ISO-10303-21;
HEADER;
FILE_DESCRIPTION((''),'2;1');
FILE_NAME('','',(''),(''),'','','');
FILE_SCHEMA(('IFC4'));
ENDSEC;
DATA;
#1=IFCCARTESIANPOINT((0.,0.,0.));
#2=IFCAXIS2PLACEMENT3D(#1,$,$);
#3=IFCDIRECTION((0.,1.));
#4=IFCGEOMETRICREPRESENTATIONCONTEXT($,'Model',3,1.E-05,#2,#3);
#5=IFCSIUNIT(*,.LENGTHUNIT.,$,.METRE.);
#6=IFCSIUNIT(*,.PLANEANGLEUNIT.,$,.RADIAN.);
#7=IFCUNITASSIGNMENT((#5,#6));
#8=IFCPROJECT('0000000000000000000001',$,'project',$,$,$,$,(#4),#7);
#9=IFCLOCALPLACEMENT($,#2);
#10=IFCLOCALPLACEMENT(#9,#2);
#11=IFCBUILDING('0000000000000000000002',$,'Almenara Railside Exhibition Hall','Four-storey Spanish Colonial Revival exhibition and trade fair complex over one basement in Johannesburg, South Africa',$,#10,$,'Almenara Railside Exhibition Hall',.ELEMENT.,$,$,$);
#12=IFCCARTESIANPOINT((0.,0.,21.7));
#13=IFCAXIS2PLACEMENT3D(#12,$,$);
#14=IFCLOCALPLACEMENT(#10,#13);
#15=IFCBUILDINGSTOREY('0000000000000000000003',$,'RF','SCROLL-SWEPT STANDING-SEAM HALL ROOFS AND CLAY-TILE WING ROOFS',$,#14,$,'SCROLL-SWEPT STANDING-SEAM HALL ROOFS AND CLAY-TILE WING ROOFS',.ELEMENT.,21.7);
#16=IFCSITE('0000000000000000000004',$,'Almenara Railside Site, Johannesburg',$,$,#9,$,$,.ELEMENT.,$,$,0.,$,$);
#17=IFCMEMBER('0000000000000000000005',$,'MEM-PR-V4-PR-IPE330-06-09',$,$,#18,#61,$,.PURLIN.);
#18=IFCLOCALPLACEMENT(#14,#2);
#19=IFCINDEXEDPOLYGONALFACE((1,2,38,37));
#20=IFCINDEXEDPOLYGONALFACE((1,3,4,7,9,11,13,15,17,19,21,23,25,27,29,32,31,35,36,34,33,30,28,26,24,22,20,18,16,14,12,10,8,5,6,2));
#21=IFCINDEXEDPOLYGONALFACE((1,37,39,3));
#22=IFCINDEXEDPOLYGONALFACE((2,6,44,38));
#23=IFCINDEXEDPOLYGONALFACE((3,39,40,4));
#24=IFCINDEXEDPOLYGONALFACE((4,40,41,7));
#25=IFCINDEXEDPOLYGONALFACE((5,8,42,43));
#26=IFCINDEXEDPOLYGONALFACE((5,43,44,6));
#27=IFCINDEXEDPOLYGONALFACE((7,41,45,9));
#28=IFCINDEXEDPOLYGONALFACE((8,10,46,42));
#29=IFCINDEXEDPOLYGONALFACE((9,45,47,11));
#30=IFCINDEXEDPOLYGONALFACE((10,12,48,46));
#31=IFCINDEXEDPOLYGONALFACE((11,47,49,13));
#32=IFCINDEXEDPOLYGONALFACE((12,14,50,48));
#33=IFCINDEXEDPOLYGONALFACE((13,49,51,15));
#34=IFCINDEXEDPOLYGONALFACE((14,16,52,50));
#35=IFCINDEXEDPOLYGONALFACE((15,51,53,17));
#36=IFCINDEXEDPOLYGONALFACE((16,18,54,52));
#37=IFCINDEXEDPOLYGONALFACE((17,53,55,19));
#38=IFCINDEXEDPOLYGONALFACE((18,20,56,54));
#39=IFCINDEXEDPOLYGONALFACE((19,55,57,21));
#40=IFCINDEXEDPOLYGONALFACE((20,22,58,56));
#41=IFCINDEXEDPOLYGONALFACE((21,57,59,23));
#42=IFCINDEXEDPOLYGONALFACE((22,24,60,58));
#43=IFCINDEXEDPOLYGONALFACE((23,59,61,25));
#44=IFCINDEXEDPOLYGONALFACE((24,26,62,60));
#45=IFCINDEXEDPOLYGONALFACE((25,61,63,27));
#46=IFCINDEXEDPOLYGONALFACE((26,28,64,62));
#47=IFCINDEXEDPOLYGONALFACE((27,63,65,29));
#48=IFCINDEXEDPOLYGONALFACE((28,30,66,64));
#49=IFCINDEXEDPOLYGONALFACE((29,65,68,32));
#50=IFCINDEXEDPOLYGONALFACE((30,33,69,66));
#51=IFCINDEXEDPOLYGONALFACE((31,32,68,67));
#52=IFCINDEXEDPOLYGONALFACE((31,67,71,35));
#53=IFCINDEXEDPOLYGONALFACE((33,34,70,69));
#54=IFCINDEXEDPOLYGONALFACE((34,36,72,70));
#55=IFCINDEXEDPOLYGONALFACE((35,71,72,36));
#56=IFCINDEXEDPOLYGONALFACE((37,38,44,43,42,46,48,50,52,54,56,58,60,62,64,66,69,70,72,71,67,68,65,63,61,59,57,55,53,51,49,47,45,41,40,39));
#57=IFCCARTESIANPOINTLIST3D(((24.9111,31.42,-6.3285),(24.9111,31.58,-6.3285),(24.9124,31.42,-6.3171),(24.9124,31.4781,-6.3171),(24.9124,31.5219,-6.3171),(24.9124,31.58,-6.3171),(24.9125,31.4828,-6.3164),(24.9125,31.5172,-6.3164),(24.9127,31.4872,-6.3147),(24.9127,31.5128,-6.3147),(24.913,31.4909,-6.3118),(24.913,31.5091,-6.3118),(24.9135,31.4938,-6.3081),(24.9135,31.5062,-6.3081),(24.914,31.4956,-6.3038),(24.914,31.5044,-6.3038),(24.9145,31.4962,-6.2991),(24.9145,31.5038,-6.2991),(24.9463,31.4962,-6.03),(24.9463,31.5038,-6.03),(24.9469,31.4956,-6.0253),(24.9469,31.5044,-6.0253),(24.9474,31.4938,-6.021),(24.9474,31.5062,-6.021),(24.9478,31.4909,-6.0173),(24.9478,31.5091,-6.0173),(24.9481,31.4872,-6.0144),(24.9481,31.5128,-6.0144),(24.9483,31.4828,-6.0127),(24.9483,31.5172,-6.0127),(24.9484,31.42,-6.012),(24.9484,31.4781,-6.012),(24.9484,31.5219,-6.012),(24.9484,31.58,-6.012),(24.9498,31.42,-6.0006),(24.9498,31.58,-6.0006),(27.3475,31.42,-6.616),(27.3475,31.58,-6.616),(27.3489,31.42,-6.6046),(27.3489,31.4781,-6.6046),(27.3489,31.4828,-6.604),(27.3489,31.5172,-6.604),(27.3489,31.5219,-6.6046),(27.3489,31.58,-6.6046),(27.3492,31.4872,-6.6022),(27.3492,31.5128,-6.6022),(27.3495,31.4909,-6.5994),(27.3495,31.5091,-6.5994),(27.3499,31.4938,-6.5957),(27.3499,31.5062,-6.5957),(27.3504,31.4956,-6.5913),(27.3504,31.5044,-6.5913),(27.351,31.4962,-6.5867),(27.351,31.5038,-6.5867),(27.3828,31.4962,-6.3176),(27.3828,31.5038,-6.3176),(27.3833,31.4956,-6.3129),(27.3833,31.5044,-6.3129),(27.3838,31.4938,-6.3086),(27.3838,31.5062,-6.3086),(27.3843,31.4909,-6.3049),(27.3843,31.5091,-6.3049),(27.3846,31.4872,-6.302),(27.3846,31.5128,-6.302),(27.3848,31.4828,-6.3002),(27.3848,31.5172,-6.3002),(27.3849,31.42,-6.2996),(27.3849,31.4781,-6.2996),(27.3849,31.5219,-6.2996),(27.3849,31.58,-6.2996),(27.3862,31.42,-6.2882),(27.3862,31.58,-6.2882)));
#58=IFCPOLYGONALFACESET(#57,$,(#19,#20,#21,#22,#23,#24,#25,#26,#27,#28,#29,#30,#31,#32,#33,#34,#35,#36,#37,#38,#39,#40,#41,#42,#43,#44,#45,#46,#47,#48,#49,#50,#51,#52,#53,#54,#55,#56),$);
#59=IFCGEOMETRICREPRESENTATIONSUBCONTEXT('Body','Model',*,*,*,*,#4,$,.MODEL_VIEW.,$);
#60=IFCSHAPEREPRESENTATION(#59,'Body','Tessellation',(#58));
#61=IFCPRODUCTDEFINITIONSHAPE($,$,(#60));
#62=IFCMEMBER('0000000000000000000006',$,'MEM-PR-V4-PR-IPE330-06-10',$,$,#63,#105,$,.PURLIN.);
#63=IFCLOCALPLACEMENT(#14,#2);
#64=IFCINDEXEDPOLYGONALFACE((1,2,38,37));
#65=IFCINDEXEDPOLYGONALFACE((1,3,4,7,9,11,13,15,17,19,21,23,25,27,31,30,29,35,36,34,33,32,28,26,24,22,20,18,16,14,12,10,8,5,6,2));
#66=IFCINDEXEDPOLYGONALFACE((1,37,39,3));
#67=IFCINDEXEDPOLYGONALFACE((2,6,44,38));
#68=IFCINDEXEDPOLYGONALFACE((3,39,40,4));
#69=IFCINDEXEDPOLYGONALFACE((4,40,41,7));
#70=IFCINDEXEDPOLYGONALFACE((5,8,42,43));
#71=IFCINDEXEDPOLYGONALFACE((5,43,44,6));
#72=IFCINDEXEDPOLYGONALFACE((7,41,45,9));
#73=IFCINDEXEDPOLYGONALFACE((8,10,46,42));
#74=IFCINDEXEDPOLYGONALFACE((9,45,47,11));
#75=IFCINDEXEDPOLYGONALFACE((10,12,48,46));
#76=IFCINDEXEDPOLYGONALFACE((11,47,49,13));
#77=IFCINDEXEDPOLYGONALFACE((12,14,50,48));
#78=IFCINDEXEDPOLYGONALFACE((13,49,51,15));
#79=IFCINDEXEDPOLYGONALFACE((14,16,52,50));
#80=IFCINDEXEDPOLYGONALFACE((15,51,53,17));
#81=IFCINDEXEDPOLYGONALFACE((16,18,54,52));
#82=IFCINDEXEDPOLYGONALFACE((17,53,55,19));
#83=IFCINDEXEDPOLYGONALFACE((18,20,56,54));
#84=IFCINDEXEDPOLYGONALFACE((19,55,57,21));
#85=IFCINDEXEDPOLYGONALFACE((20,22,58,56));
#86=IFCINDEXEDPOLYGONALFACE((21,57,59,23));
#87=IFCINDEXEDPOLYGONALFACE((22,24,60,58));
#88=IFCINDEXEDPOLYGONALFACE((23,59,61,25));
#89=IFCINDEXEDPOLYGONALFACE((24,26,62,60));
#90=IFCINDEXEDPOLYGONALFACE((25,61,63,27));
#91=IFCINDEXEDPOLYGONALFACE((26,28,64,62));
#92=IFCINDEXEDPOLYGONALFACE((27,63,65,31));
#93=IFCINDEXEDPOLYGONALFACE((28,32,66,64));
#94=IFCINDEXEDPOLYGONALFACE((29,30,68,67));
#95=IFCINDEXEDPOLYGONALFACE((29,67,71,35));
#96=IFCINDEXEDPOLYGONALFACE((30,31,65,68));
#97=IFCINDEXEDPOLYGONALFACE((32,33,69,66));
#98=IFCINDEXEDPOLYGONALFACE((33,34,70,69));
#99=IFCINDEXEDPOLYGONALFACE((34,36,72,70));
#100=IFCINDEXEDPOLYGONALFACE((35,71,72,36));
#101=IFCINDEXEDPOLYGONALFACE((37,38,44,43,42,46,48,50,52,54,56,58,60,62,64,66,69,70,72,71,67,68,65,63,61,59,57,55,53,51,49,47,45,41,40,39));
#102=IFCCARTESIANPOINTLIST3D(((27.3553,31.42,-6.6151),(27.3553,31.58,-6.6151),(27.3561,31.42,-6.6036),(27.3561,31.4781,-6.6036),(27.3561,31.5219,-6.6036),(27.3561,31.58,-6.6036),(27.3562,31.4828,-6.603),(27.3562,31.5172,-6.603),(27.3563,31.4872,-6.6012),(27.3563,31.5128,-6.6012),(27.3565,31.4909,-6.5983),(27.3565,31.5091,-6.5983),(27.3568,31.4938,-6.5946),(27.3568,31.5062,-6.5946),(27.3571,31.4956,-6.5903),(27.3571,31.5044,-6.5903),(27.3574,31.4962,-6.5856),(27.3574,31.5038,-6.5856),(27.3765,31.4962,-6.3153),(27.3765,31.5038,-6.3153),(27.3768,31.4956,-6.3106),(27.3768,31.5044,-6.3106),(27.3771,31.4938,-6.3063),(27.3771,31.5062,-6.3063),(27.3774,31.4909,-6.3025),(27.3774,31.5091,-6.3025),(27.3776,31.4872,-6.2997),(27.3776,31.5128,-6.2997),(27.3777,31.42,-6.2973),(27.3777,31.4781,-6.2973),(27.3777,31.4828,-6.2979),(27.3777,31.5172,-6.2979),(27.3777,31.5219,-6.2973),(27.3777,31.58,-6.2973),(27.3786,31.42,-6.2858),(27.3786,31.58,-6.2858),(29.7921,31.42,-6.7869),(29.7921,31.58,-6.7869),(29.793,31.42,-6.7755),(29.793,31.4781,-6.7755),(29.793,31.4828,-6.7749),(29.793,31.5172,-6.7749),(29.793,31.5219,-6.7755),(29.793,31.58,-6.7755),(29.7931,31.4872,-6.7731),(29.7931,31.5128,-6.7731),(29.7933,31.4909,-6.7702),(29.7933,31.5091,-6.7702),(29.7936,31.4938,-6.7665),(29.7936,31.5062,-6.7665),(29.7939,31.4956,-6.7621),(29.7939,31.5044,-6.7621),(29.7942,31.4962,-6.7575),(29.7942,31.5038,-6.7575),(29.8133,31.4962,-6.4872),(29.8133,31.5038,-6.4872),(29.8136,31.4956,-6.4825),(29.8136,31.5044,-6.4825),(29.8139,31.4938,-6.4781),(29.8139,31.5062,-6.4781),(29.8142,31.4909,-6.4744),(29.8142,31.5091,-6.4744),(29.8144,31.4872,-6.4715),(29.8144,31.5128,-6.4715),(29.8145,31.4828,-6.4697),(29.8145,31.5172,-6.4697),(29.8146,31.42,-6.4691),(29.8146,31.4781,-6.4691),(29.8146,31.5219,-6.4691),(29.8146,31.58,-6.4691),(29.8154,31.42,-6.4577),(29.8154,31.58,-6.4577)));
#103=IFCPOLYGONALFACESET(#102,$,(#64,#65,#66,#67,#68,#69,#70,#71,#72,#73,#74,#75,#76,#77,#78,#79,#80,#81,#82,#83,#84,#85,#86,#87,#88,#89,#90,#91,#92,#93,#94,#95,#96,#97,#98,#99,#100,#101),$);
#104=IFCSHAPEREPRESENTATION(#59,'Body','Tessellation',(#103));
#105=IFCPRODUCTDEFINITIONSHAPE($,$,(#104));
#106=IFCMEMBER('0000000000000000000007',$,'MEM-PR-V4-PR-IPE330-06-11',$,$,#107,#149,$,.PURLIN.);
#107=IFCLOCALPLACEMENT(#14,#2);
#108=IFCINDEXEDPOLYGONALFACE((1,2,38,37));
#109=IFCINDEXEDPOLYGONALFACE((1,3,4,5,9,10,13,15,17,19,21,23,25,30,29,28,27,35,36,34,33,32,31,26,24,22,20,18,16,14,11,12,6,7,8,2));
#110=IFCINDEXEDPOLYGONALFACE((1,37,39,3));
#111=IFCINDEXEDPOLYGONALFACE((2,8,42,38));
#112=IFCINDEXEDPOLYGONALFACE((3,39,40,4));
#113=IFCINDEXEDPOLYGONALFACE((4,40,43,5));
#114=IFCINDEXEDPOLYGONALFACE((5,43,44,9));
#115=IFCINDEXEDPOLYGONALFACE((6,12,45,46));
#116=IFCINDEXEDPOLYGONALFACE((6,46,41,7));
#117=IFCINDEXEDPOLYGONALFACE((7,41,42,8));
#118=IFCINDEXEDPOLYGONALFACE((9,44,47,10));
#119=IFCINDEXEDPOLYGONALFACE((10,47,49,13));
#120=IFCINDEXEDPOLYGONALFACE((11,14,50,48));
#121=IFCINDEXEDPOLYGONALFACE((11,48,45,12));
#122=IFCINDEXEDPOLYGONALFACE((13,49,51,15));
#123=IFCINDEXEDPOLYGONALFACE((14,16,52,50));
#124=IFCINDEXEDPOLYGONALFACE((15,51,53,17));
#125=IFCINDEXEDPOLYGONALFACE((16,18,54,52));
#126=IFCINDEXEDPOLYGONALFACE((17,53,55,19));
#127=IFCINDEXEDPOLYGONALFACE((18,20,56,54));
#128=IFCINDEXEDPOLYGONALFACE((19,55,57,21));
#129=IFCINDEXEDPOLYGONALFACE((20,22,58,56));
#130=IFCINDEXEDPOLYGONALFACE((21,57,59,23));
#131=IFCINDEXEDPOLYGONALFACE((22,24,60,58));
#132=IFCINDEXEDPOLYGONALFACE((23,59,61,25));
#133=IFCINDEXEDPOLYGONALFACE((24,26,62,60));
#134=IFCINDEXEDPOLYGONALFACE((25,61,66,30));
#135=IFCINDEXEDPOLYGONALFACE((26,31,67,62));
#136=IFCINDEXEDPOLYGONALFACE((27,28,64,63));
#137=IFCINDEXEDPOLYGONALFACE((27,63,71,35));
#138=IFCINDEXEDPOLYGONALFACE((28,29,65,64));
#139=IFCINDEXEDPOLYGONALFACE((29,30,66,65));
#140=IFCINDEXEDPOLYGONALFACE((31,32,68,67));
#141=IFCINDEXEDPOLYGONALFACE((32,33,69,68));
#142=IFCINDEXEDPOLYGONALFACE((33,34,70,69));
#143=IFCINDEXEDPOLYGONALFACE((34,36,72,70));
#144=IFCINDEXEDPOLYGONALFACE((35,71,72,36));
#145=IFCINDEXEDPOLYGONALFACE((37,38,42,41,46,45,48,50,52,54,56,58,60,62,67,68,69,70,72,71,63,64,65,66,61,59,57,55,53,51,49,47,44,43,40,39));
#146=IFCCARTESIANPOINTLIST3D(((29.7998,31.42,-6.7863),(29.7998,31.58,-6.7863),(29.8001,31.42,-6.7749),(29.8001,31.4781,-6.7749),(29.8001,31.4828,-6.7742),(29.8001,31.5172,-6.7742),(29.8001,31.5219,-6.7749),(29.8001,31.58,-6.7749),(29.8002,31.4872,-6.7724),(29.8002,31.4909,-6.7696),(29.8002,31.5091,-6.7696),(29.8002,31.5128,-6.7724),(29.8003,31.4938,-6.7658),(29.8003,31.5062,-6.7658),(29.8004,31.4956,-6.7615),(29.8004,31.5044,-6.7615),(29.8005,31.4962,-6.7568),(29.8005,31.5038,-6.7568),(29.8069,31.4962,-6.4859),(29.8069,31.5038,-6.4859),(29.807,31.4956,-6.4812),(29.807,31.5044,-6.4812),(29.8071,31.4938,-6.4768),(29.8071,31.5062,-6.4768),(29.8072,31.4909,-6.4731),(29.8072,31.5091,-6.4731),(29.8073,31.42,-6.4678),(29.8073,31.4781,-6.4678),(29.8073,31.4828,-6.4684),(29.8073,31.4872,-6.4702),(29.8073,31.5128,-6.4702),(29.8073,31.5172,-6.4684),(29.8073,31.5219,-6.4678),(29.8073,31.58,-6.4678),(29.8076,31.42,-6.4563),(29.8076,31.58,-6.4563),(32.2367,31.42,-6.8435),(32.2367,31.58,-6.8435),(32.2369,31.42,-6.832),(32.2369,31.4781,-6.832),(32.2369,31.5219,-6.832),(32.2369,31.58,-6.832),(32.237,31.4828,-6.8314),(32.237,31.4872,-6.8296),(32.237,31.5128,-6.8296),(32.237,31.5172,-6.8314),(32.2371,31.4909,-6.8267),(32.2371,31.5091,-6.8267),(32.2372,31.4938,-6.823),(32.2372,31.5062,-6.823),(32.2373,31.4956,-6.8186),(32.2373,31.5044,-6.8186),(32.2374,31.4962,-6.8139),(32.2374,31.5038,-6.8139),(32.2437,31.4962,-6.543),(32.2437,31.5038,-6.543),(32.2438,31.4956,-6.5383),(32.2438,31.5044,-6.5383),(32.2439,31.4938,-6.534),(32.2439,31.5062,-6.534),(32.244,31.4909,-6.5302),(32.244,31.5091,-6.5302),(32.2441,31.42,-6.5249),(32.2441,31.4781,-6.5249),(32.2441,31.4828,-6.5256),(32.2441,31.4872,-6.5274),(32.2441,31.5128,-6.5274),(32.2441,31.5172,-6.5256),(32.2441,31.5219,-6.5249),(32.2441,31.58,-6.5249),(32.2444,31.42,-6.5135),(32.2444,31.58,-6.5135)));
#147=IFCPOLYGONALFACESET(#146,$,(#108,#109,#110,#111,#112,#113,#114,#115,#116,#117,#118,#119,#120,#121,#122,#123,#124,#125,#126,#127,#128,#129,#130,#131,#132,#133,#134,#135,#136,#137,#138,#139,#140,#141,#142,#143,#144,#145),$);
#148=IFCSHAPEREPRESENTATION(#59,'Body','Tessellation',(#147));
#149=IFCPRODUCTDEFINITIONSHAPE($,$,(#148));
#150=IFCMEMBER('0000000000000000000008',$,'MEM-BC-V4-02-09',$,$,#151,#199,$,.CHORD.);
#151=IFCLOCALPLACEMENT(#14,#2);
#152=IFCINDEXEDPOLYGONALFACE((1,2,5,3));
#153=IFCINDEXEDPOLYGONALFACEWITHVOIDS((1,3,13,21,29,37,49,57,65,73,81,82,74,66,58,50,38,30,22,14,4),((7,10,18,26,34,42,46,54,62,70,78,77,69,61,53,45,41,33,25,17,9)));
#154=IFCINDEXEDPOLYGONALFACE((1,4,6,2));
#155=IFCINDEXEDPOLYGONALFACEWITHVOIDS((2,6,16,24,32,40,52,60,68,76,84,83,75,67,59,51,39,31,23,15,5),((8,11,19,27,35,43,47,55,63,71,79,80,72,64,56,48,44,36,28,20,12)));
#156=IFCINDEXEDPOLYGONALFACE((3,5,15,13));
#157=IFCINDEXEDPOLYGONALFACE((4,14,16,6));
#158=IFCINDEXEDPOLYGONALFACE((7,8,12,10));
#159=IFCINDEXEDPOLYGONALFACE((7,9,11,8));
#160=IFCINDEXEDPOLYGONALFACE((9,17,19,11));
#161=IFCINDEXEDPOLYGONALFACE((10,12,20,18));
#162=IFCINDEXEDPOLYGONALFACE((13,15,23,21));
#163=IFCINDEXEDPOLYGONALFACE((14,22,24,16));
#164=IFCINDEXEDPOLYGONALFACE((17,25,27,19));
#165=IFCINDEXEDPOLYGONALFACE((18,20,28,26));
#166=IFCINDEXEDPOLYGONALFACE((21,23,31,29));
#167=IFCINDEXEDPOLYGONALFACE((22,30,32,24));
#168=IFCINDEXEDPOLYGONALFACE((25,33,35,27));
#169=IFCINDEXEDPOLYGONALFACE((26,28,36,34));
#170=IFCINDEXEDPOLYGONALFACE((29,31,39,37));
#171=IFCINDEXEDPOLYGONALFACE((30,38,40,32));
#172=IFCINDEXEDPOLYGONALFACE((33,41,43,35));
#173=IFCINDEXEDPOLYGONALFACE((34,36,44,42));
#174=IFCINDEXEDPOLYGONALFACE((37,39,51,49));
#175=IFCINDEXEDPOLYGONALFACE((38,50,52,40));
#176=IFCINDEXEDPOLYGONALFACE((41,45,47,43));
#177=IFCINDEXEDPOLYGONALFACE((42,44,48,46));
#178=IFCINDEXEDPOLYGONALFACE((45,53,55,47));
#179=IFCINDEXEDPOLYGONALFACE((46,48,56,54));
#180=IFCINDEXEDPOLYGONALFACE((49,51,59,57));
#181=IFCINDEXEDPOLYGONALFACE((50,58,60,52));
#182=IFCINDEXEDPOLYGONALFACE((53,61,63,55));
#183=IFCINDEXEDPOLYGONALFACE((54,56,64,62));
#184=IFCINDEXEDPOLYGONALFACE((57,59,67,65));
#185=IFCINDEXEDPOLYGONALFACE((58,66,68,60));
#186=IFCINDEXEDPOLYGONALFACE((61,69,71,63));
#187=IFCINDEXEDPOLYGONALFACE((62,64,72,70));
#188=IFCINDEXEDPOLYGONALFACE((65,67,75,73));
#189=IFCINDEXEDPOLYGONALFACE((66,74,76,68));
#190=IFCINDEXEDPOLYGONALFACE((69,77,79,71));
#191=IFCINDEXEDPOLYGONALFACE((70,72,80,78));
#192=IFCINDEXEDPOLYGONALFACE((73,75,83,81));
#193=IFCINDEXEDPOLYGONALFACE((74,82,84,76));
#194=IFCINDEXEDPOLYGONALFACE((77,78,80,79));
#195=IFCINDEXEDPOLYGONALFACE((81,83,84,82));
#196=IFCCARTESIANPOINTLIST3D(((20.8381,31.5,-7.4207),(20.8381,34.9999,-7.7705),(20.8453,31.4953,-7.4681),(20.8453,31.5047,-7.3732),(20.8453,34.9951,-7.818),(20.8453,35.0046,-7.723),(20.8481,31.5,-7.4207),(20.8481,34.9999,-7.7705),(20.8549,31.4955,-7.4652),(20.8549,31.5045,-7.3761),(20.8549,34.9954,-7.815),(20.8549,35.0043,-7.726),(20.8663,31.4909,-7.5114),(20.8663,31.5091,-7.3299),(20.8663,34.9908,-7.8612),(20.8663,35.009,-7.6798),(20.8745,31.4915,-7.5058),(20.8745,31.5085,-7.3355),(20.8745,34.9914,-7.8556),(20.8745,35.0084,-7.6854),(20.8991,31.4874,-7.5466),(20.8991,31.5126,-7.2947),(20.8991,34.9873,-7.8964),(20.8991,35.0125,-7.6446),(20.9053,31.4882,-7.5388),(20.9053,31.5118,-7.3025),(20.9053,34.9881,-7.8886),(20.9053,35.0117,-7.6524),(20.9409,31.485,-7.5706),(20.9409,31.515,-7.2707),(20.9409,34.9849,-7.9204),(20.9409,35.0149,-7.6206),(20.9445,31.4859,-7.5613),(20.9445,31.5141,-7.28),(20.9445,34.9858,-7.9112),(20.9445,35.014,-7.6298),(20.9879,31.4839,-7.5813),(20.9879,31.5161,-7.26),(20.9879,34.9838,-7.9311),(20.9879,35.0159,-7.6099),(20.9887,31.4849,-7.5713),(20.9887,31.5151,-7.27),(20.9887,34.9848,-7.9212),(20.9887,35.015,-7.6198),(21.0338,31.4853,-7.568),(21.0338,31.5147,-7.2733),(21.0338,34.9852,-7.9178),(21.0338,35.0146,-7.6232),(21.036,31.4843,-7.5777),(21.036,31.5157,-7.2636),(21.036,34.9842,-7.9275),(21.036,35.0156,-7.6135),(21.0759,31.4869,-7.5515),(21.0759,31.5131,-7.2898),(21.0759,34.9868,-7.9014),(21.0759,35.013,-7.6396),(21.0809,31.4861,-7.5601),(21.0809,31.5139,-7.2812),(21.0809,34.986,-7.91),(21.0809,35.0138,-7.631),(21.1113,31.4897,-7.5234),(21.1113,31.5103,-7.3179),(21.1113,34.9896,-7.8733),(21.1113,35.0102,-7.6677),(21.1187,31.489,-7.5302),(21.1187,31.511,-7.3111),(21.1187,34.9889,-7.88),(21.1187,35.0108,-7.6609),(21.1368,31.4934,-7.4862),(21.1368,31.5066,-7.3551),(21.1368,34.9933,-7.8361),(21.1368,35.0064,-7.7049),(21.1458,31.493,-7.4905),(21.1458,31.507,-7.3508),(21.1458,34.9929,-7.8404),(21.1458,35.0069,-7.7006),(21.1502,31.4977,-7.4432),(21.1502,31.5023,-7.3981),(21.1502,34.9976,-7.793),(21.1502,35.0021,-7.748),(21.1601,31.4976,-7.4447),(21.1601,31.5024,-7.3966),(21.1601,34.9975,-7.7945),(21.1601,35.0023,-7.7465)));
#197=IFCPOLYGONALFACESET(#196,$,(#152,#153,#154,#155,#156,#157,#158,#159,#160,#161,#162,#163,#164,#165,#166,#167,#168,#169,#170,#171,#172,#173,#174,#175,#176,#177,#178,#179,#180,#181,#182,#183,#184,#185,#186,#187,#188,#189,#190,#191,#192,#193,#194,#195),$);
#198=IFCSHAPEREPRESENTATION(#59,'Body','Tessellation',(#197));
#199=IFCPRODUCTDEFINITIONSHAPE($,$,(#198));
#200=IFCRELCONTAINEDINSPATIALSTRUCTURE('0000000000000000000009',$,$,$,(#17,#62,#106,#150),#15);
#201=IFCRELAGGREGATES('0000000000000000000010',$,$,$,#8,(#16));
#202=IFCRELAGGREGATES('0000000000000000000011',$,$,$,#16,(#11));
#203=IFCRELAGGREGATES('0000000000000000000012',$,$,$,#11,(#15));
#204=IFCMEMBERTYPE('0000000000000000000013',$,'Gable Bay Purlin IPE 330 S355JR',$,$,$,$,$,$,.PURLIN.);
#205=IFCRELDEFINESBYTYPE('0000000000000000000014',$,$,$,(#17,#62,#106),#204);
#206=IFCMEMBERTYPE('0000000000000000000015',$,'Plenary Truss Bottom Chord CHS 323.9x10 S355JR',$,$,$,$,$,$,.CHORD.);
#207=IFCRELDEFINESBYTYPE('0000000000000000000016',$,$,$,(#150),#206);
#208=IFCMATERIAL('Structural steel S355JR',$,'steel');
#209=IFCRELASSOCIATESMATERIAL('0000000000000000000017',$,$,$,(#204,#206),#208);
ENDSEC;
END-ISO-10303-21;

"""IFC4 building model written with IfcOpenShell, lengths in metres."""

from ifc_helpers import new_model, si_unit, direction, frame, origin, origin_2d, place, context, subcontext, project, spatial, hollow_circle, i_section, extrude, material, material_profile, profile_set, type_object, element, save


model = new_model("IFC4")

# Units and contexts
model_context = context("Model", 3, precision=1e-05, world=origin(), true_north=direction((0.0, 1.0)))
body_context = subcontext(model_context, "Body", "Model", "MODEL_VIEW")
ifc_project = project(units=[si_unit("LENGTHUNIT", "METRE"), si_unit("PLANEANGLEUNIT", "RADIAN")], contexts=[model_context])

# Site, building, storey
site_placement = place(None, origin())
site = spatial("IfcSite", under=ifc_project, at=site_placement, Name="Almenara Railside Site, Johannesburg", CompositionType="ELEMENT", RefElevation=0.0)
building_placement = place(site_placement, origin())
building = spatial("IfcBuilding", under=site, at=building_placement, Name="Almenara Railside Exhibition Hall", Description="Four-storey Spanish Colonial Revival exhibition and trade fair complex over one basement in Johannesburg, South Africa", LongName="Almenara Railside Exhibition Hall", CompositionType="ELEMENT")
storey_placement = place(building_placement, frame((0.0, 0.0, 21.7)))
storey = spatial("IfcBuildingStorey", under=building, at=storey_placement, Name="RF", Description="SCROLL-SWEPT STANDING-SEAM HALL ROOFS AND CLAY-TILE WING ROOFS", LongName="SCROLL-SWEPT STANDING-SEAM HALL ROOFS AND CLAY-TILE WING ROOFS", CompositionType="ELEMENT", Elevation=21.7)

# Shared definitions
ifc_material_1 = material(Name="Structural steel S355JR", Category="steel")

# Members
ifc_material_profile_1 = material_profile(ifc_material_1, i_section(OverallWidth=0.1599, OverallDepth=0.3301, WebThickness=0.0076, FlangeThickness=0.0115, FilletRadius=0.0181, at=origin_2d()), Name="IPE 330")
ifc_profile_set_1 = profile_set([ifc_material_profile_1], Name="Structural steel S355JR")
member_type_1 = type_object("IfcMemberType", Name="Gable Bay Purlin IPE 330 S355JR", PredefinedType="PURLIN", material=ifc_profile_set_1)
member_1_placement = place(storey_placement, frame((24.9304, 31.5, -6.1646), z_axis=(0.993106, 0.0, -0.117222), x_axis=(0.0, 1.0, 0.0)))
element("IfcMember", 1, at=member_1_placement, inside=storey, type_object=member_type_1, Name="MEM-PR-V4-PR-IPE330-06-09", PredefinedType="PURLIN", context=body_context, shape_type="SweptSolid", body=[
    extrude(i_section(OverallWidth=0.1599, OverallDepth=0.3301, WebThickness=0.0076, FlangeThickness=0.0115, FilletRadius=0.0181, at=origin_2d()), origin(), (0.0, 0.0, 1.0), 2.4534),
])
member_2_placement = place(storey_placement, frame((27.3669, 31.5, -6.4504), z_axis=(0.997522, 0.0, -0.070359), x_axis=(0.0, 1.0, 0.0)))
element("IfcMember", 2, at=member_2_placement, inside=storey, type_object=member_type_1, Name="MEM-PR-V4-PR-IPE330-06-10", PredefinedType="PURLIN", context=body_context, shape_type="SweptSolid", body=[
    extrude(i_section(OverallWidth=0.1599, OverallDepth=0.3301, WebThickness=0.0076, FlangeThickness=0.0115, FilletRadius=0.0181, at=origin_2d()), origin(), (0.0, 0.0, 1.0), 2.4429),
])
member_3_placement = place(storey_placement, frame((29.8037, 31.5, -6.6213), z_axis=(0.999725, 0.0, -0.023438), x_axis=(0.0, 1.0, 0.0)))
element("IfcMember", 3, at=member_3_placement, inside=storey, type_object=member_type_1, Name="MEM-PR-V4-PR-IPE330-06-11", PredefinedType="PURLIN", context=body_context, shape_type="SweptSolid", body=[
    extrude(i_section(OverallWidth=0.1599, OverallDepth=0.3301, WebThickness=0.0076, FlangeThickness=0.0115, FilletRadius=0.0181, at=origin_2d()), origin(), (0.0, 0.0, 1.0), 2.4375),
])
ifc_material_profile_2 = material_profile(ifc_material_1, hollow_circle(Radius=0.1619, WallThickness=0.01, at=origin_2d()), Name="CHS 323.9x10")
ifc_profile_set_2 = profile_set([ifc_material_profile_2], Name="Structural steel S355JR")
member_type_2 = type_object("IfcMemberType", Name="Plenary Truss Bottom Chord CHS 323.9x10 S355JR", PredefinedType="CHORD", material=ifc_profile_set_2)
member_4_placement = place(storey_placement, frame((21.0, 31.5, -7.4207), z_axis=(0.0, 0.995041, -0.099462), x_axis=(-1.0, 0.0, 0.0)))
element("IfcMember", 4, at=member_4_placement, inside=storey, type_object=member_type_2, Name="MEM-BC-V4-02-09", PredefinedType="CHORD", context=body_context, shape_type="SweptSolid", body=[
    extrude(hollow_circle(Radius=0.1619, WallThickness=0.01, at=origin_2d()), origin(), (0.0, 0.0, 1.0), 3.5173),
])

save(model, "model.ifc")
